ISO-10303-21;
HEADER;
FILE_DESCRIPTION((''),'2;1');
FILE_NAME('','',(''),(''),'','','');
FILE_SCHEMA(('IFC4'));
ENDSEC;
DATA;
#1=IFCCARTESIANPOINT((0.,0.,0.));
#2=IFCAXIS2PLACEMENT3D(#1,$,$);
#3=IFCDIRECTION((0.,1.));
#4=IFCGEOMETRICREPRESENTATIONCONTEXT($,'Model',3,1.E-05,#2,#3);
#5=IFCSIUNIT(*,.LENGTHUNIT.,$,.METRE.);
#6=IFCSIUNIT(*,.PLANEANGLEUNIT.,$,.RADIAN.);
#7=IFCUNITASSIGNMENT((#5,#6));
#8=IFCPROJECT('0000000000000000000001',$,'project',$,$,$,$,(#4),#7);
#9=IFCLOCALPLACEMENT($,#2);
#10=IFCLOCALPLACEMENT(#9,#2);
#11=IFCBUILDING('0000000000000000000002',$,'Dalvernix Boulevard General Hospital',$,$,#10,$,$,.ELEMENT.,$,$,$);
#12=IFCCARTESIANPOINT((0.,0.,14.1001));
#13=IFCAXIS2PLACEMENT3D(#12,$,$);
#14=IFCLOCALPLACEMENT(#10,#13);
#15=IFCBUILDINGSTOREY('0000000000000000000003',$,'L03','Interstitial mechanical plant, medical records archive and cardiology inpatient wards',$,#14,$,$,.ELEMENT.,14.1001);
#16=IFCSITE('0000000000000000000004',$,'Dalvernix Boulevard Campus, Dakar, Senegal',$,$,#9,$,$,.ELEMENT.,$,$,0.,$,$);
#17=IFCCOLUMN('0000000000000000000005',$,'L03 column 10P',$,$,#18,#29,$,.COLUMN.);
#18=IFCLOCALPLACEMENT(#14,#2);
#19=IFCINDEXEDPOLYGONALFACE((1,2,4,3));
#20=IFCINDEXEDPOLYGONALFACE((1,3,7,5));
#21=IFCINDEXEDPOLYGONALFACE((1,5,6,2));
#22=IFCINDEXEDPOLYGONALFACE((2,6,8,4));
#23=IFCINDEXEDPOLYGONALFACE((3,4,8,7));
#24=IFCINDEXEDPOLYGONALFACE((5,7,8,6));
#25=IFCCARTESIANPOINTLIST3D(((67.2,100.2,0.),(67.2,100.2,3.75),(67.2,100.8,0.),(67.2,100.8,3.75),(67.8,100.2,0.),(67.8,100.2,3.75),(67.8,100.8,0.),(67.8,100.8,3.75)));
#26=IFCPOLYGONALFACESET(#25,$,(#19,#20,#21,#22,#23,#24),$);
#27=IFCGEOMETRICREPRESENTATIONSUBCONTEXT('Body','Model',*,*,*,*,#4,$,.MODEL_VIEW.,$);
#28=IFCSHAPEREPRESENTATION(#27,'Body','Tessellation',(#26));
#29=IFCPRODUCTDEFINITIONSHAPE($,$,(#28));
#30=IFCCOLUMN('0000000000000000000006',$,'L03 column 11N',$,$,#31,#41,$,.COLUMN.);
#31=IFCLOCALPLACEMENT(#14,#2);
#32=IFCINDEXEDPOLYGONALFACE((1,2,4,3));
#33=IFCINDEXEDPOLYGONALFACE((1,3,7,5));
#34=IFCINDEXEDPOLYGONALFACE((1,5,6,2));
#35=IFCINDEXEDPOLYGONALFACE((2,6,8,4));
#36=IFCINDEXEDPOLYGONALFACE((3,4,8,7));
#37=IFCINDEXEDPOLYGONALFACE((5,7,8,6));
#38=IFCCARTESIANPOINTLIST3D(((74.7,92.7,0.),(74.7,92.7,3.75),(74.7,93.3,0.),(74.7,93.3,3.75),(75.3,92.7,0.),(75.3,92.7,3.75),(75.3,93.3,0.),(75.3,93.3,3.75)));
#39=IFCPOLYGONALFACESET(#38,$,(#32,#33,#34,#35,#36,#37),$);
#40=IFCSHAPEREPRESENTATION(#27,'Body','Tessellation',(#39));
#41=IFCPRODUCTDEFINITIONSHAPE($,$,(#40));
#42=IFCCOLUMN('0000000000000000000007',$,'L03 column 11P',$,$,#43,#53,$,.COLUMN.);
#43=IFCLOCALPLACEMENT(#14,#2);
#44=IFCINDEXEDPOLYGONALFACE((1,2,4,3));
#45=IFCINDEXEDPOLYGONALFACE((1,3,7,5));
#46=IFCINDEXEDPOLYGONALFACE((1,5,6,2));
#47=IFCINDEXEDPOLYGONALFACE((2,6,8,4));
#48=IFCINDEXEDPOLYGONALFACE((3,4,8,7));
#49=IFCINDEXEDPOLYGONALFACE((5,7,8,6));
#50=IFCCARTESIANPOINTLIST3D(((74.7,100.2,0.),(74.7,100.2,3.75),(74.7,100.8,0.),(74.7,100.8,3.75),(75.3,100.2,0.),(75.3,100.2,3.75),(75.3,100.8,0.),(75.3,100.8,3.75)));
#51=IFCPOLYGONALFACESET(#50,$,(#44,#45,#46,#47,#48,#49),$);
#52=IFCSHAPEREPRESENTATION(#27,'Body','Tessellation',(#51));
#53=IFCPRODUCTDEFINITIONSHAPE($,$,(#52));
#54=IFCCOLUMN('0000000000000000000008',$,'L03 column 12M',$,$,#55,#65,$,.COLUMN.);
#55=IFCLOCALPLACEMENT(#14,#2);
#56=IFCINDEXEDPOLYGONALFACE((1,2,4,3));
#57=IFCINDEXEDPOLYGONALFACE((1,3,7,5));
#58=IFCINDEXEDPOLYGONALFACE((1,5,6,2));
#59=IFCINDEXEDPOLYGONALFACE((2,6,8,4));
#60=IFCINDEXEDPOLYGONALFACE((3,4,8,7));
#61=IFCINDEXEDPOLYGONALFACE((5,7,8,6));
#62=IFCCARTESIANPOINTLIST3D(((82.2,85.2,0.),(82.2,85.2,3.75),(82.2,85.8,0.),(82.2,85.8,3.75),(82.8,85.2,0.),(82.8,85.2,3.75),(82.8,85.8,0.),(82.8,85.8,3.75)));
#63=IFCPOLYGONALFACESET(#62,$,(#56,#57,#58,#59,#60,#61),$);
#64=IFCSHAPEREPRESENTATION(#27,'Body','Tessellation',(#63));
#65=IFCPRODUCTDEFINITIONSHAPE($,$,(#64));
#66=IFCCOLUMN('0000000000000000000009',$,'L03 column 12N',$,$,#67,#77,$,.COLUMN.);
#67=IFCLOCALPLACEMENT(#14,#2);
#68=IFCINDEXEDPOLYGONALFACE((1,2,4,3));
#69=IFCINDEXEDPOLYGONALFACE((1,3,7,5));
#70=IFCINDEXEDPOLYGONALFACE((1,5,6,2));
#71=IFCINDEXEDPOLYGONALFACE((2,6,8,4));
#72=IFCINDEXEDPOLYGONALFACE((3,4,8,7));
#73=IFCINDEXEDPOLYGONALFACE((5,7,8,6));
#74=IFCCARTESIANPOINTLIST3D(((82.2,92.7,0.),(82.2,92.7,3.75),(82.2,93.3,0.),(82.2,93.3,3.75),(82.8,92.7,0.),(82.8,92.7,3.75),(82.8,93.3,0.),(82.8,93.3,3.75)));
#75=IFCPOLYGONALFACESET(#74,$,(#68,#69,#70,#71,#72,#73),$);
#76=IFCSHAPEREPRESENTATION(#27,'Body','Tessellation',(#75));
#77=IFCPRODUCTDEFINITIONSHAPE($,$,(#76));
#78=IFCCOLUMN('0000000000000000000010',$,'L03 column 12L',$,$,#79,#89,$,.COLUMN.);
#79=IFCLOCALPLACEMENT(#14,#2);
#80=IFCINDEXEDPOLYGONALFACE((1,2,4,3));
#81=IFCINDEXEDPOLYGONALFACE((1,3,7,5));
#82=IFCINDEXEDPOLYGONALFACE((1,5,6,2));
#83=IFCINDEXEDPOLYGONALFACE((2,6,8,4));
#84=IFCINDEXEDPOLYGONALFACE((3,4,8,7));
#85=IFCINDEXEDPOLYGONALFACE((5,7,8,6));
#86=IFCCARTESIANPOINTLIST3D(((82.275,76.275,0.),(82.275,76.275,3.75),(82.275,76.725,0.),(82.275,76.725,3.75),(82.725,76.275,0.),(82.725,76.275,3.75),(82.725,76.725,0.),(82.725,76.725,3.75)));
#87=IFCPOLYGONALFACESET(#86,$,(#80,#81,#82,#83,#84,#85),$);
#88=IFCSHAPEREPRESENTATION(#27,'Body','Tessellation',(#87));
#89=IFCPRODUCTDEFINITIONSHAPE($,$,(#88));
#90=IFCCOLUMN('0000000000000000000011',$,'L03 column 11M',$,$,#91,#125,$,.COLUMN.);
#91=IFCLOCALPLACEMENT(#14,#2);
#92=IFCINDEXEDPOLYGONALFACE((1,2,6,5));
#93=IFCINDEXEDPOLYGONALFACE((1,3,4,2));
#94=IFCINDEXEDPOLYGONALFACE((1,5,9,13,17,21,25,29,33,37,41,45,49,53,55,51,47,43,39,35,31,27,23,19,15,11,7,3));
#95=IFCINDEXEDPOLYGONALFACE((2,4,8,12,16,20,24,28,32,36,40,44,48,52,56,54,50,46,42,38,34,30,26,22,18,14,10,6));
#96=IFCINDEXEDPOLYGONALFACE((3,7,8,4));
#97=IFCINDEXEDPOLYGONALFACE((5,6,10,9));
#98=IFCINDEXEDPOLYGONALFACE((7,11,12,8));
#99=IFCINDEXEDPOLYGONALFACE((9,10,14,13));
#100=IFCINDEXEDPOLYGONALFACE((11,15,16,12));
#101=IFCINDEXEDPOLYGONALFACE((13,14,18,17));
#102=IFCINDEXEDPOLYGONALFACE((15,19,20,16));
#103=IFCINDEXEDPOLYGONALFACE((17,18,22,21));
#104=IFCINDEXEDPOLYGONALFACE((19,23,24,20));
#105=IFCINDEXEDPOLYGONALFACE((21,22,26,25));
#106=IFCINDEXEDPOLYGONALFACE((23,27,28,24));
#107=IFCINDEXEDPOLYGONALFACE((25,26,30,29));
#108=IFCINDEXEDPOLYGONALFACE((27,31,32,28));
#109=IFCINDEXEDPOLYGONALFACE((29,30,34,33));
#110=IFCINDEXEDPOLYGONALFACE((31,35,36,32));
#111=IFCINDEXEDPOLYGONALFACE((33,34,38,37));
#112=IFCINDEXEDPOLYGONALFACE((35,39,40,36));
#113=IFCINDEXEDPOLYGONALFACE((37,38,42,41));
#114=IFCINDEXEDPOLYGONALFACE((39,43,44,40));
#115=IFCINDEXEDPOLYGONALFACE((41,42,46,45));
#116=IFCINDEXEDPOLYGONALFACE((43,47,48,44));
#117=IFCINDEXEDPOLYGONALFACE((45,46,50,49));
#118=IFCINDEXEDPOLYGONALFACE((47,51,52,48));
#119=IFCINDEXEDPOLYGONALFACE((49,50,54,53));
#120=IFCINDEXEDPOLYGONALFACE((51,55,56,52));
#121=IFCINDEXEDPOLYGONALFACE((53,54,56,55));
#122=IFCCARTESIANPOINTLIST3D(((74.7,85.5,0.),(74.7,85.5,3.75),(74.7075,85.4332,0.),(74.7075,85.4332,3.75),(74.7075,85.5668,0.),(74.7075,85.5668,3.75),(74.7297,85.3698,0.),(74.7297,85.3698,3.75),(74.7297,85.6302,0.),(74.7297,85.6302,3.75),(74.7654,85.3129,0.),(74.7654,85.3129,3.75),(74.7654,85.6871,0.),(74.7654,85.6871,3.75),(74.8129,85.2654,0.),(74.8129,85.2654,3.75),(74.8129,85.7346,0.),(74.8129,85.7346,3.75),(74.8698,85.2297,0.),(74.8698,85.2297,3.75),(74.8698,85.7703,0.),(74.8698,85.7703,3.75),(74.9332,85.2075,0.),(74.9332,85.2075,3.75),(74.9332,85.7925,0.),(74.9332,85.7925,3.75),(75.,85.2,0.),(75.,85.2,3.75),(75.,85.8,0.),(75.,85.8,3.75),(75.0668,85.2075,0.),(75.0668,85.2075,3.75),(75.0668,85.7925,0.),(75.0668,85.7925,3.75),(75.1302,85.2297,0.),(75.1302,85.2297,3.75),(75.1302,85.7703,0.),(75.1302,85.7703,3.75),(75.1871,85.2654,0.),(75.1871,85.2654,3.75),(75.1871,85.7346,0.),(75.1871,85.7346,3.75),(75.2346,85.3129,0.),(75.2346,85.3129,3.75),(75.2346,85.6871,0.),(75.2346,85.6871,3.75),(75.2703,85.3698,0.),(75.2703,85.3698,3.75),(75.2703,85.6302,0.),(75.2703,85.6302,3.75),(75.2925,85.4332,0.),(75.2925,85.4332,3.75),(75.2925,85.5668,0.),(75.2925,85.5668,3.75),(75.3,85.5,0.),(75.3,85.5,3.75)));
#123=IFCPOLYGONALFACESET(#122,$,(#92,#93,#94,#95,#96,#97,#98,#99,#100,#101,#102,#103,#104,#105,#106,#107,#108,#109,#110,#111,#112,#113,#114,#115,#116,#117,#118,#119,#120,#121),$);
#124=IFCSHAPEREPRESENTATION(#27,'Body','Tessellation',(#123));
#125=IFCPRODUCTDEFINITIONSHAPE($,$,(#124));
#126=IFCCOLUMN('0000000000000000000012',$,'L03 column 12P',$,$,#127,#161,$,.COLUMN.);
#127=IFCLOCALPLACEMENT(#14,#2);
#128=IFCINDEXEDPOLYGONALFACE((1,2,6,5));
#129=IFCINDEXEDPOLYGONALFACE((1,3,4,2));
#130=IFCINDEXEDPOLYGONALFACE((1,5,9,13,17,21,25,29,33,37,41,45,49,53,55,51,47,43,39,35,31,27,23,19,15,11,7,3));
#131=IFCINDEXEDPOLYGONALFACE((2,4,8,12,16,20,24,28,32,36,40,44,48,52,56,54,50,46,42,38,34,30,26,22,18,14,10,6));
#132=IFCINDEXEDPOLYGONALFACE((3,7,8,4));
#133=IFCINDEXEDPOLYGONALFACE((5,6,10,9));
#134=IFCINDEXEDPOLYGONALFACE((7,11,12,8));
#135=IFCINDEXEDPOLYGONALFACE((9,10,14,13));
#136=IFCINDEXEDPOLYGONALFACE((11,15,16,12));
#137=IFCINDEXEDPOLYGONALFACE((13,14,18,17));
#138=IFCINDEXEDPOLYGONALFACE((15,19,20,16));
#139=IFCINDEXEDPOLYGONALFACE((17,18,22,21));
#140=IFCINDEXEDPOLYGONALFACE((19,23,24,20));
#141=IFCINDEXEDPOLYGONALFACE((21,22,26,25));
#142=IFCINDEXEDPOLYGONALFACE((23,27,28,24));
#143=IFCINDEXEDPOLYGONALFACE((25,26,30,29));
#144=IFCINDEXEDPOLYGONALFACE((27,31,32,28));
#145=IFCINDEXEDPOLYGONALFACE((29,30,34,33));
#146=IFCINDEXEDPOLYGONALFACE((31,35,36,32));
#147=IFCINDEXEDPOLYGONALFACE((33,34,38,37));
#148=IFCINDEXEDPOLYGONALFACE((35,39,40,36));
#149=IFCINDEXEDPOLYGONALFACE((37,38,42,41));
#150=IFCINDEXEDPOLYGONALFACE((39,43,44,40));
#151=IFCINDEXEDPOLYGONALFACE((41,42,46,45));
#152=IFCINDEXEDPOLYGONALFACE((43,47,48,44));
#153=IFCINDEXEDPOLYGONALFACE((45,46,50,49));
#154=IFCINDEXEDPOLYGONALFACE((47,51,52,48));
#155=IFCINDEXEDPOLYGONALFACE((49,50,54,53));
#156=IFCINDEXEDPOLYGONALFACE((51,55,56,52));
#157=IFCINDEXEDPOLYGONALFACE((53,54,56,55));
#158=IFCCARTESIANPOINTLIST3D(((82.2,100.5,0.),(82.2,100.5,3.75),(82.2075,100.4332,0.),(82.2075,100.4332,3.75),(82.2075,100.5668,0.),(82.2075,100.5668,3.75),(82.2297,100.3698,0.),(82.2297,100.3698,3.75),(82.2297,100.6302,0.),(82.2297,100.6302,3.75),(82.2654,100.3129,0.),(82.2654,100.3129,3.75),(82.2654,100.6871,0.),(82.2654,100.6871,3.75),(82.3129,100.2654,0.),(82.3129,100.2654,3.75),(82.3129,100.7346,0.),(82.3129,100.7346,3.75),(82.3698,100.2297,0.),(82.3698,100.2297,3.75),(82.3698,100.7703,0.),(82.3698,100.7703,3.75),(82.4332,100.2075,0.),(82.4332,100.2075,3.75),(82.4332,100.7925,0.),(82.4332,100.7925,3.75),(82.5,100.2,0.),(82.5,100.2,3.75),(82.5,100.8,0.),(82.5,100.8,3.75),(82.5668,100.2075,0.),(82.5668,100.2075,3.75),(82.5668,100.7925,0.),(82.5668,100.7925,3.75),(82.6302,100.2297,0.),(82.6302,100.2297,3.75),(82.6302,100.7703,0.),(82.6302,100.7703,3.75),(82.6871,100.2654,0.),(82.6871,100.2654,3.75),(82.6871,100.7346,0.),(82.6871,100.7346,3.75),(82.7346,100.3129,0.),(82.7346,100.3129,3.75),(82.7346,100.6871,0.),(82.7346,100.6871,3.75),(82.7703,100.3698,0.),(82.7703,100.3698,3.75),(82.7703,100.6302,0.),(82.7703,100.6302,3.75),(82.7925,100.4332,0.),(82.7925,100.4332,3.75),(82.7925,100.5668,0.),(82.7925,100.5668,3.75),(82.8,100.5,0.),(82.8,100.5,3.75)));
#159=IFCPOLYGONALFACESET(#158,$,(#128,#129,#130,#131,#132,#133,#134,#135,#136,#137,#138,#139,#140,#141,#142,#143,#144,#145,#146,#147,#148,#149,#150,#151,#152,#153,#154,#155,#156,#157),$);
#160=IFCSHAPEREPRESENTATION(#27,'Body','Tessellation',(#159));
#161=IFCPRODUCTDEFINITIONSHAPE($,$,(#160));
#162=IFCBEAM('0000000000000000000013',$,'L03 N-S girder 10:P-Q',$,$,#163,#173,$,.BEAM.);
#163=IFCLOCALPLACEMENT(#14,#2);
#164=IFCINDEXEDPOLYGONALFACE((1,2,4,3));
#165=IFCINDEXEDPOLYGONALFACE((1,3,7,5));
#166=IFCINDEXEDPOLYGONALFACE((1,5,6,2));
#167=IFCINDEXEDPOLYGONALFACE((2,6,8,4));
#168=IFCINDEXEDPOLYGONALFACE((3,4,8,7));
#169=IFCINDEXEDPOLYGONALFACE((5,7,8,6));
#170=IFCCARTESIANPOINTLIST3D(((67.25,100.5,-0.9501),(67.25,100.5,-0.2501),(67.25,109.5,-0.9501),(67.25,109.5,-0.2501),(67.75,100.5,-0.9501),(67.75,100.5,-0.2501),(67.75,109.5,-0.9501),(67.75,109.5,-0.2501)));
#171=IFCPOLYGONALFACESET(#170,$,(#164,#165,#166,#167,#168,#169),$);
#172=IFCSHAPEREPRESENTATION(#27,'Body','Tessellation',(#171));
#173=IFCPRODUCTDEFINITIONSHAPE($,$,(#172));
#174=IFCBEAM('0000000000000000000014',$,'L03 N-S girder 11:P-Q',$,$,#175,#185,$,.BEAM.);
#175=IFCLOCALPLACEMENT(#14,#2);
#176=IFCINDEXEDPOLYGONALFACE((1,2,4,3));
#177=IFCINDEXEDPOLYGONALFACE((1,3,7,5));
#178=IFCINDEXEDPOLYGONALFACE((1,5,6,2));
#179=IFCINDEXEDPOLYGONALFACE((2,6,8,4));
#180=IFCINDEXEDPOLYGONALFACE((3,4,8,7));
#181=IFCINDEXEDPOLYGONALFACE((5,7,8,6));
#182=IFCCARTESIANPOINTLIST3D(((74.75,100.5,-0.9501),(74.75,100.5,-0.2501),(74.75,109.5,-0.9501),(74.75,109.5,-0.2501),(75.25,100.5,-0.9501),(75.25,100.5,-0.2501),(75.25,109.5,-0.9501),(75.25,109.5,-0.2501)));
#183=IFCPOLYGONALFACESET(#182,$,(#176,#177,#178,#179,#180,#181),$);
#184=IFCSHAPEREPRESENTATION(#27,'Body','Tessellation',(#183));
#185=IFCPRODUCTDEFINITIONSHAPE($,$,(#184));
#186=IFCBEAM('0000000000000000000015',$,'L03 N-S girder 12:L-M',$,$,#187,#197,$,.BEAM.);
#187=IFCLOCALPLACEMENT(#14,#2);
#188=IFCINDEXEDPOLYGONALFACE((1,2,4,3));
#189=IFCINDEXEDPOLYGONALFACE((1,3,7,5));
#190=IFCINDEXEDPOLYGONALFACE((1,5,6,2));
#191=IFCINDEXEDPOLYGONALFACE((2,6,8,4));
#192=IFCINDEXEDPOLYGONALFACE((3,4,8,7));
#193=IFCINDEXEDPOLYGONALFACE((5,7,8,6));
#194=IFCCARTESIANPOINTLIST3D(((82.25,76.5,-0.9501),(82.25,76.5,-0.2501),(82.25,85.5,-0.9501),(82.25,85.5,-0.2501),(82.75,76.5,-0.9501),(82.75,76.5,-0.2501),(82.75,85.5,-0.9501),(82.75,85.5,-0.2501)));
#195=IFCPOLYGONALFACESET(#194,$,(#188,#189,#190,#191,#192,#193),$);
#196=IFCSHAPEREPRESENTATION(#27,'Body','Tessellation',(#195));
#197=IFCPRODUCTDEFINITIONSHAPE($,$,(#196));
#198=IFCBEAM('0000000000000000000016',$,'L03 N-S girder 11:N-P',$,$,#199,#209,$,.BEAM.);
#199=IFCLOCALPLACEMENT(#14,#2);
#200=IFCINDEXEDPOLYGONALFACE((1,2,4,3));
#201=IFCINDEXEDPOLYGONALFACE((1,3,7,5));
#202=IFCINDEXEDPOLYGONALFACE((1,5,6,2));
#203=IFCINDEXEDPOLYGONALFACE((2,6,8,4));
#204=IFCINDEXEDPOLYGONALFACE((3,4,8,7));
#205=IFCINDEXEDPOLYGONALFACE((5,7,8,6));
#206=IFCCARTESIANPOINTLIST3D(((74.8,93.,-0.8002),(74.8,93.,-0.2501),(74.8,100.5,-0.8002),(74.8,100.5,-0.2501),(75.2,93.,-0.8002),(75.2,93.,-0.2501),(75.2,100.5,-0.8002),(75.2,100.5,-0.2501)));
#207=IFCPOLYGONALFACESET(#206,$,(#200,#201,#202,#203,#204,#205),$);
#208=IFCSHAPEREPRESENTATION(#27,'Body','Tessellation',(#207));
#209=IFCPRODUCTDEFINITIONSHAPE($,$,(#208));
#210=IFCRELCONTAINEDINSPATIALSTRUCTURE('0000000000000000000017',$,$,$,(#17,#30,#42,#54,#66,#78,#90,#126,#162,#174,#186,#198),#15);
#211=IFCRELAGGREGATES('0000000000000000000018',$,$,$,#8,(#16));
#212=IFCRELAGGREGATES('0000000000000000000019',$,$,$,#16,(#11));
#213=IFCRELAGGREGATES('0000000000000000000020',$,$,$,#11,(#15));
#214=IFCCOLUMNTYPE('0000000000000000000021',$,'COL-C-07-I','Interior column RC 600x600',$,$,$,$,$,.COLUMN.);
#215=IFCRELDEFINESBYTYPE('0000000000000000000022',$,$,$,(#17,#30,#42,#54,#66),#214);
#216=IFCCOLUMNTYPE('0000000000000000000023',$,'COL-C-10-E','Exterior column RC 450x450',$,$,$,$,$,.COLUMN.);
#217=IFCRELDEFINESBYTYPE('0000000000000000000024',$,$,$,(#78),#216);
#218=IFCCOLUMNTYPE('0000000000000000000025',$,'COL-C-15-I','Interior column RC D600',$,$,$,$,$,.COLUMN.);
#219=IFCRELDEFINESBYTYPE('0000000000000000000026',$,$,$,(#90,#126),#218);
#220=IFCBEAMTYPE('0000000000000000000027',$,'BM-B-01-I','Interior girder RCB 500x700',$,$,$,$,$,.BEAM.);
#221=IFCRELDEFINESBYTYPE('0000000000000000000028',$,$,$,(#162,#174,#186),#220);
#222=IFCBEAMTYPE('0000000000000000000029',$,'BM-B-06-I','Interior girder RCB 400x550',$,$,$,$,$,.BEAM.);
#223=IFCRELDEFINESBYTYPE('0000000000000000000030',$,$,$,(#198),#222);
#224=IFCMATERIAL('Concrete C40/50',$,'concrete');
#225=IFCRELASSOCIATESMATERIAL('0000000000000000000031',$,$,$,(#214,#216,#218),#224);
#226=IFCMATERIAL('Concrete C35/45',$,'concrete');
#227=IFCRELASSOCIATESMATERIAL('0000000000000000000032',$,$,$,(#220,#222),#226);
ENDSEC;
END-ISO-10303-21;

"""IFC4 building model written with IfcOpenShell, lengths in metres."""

from ifc_helpers import new_model, si_unit, direction, frame, origin, origin_2d, place, context, subcontext, project, spatial, rectangle, circle, extrude, material, material_profile, profile_set, type_object, element, save


model = new_model("IFC4")

# Units and contexts
model_context = context("Model", 3, precision=1e-05, world=origin(), true_north=direction((0.0, 1.0)))
body_context = subcontext(model_context, "Body", "Model", "MODEL_VIEW")
ifc_project = project(units=[si_unit("LENGTHUNIT", "METRE"), si_unit("PLANEANGLEUNIT", "RADIAN")], contexts=[model_context])

# Site, building, storey
site_placement = place(None, origin())
site = spatial("IfcSite", under=ifc_project, at=site_placement, Name="Dalvernix Boulevard Campus, Dakar, Senegal", CompositionType="ELEMENT", RefElevation=0.0)
building_placement = place(site_placement, origin())
building = spatial("IfcBuilding", under=site, at=building_placement, Name="Dalvernix Boulevard General Hospital", CompositionType="ELEMENT")
storey_placement = place(building_placement, frame((0.0, 0.0, 14.1001)))
storey = spatial("IfcBuildingStorey", under=building, at=storey_placement, Name="L03", Description="Interstitial mechanical plant, medical records archive and cardiology inpatient wards", CompositionType="ELEMENT", Elevation=14.1001)

# Columns
ifc_material_1 = material(Name="Concrete C40/50", Category="concrete")
ifc_material_profile_1 = material_profile(ifc_material_1, rectangle(XDim=0.6001, YDim=0.6001, at=origin_2d()), Name="RC 600x600")
ifc_profile_set_1 = profile_set([ifc_material_profile_1], Name="Concrete C40/50")
column_type_1 = type_object("IfcColumnType", Name="COL-C-07-I", Description="Interior column RC 600x600", PredefinedType="COLUMN", material=ifc_profile_set_1)
for number, where, z_axis, x_axis, name in (
    (1, (67.5, 100.5, 0.0), (0.0, 0.0, 1.0), (1.0, 0.0, 0.0), "L03 column 10P"),
    (2, (75.0, 93.0, 0.0), (0.0, 0.0, 1.0), (1.0, 0.0, 0.0), "L03 column 11N"),
    (3, (75.0, 100.5, 0.0), (0.0, 0.0, 1.0), (1.0, 0.0, 0.0), "L03 column 11P"),
    (4, (82.5, 85.5, 0.0), (0.0, 0.0, 1.0), (1.0, 0.0, 0.0), "L03 column 12M"),
    (5, (82.5, 93.0, 0.0), (0.0, 0.0, 1.0), (1.0, 0.0, 0.0), "L03 column 12N"),
):
    element("IfcColumn", number, at=place(storey_placement, frame(where, z_axis=z_axis, x_axis=x_axis)), inside=storey, type_object=column_type_1, Name=name, PredefinedType="COLUMN", context=body_context, shape_type="SweptSolid", body=[
        extrude(rectangle(XDim=0.6001, YDim=0.6001, at=origin_2d()), origin(), (0.0, 0.0, 1.0), 3.75),
    ])
ifc_material_profile_2 = material_profile(ifc_material_1, rectangle(XDim=0.45, YDim=0.45, at=origin_2d()), Name="RC 450x450")
ifc_profile_set_2 = profile_set([ifc_material_profile_2], Name="Concrete C40/50")
column_type_2 = type_object("IfcColumnType", Name="COL-C-10-E", Description="Exterior column RC 450x450", PredefinedType="COLUMN", material=ifc_profile_set_2)
column_placement = place(storey_placement, frame((82.5, 76.5, 0.0), z_axis=(0.0, 0.0, 1.0), x_axis=(1.0, 0.0, 0.0)))
element("IfcColumn", 6, at=column_placement, inside=storey, type_object=column_type_2, Name="L03 column 12L", PredefinedType="COLUMN", context=body_context, shape_type="SweptSolid", body=[
    extrude(rectangle(XDim=0.45, YDim=0.45, at=origin_2d()), origin(), (0.0, 0.0, 1.0), 3.75),
])
ifc_material_profile_3 = material_profile(ifc_material_1, circle(Radius=0.3, at=origin_2d()), Name="RC D600")
ifc_profile_set_3 = profile_set([ifc_material_profile_3], Name="Concrete C40/50")
column_type_3 = type_object("IfcColumnType", Name="COL-C-15-I", Description="Interior column RC D600", PredefinedType="COLUMN", material=ifc_profile_set_3)
for number, where, z_axis, x_axis, name in (
    (7, (75.0, 85.5, 0.0), (0.0, 0.0, 1.0), (1.0, 0.0, 0.0), "L03 column 11M"),
    (8, (82.5, 100.5, 0.0), (0.0, 0.0, 1.0), (1.0, 0.0, 0.0), "L03 column 12P"),
):
    element("IfcColumn", number, at=place(storey_placement, frame(where, z_axis=z_axis, x_axis=x_axis)), inside=storey, type_object=column_type_3, Name=name, PredefinedType="COLUMN", context=body_context, shape_type="SweptSolid", body=[
        extrude(circle(Radius=0.3, at=origin_2d()), origin(), (0.0, 0.0, 1.0), 3.75),
    ])

# Beams
ifc_material_2 = material(Name="Concrete C35/45", Category="concrete")
ifc_material_profile_4 = material_profile(ifc_material_2, rectangle(XDim=0.5, YDim=0.7, at=origin_2d()), Name="RCB 500x700")
ifc_profile_set_4 = profile_set([ifc_material_profile_4], Name="Concrete C35/45")
beam_type_1 = type_object("IfcBeamType", Name="BM-B-01-I", Description="Interior girder RCB 500x700", PredefinedType="BEAM", material=ifc_profile_set_4)
for number, where, z_axis, x_axis, name in (
    (9, (67.5, 100.5, -0.6001), (0.0, 1.0, 0.0), (-1.0, 0.0, 0.0), "L03 N-S girder 10:P-Q"),
    (10, (75.0, 100.5, -0.6001), (0.0, 1.0, 0.0), (-1.0, 0.0, 0.0), "L03 N-S girder 11:P-Q"),
    (11, (82.5, 76.5, -0.6001), (0.0, 1.0, 0.0), (-1.0, 0.0, 0.0), "L03 N-S girder 12:L-M"),
):
    element("IfcBeam", number, at=place(storey_placement, frame(where, z_axis=z_axis, x_axis=x_axis)), inside=storey, type_object=beam_type_1, Name=name, PredefinedType="BEAM", context=body_context, shape_type="SweptSolid", body=[
        extrude(rectangle(XDim=0.5, YDim=0.7, at=origin_2d()), origin(), (0.0, 0.0, 1.0), 9.0),
    ])
ifc_material_profile_5 = material_profile(ifc_material_2, rectangle(XDim=0.3999, YDim=0.55, at=origin_2d()), Name="RCB 400x550")
ifc_profile_set_5 = profile_set([ifc_material_profile_5], Name="Concrete C35/45")
beam_type_2 = type_object("IfcBeamType", Name="BM-B-06-I", Description="Interior girder RCB 400x550", PredefinedType="BEAM", material=ifc_profile_set_5)
for number, where, z_axis, x_axis, name in (
    (12, (75.0, 93.0, -0.5251), (0.0, 1.0, 0.0), (-1.0, 0.0, 0.0), "L03 N-S girder 11:N-P"),
):
    element("IfcBeam", number, at=place(storey_placement, frame(where, z_axis=z_axis, x_axis=x_axis)), inside=storey, type_object=beam_type_2, Name=name, PredefinedType="BEAM", context=body_context, shape_type="SweptSolid", body=[
        extrude(rectangle(XDim=0.3999, YDim=0.55, at=origin_2d()), origin(), (0.0, 0.0, 1.0), 7.5),
    ])

save(model, "model.ifc")
